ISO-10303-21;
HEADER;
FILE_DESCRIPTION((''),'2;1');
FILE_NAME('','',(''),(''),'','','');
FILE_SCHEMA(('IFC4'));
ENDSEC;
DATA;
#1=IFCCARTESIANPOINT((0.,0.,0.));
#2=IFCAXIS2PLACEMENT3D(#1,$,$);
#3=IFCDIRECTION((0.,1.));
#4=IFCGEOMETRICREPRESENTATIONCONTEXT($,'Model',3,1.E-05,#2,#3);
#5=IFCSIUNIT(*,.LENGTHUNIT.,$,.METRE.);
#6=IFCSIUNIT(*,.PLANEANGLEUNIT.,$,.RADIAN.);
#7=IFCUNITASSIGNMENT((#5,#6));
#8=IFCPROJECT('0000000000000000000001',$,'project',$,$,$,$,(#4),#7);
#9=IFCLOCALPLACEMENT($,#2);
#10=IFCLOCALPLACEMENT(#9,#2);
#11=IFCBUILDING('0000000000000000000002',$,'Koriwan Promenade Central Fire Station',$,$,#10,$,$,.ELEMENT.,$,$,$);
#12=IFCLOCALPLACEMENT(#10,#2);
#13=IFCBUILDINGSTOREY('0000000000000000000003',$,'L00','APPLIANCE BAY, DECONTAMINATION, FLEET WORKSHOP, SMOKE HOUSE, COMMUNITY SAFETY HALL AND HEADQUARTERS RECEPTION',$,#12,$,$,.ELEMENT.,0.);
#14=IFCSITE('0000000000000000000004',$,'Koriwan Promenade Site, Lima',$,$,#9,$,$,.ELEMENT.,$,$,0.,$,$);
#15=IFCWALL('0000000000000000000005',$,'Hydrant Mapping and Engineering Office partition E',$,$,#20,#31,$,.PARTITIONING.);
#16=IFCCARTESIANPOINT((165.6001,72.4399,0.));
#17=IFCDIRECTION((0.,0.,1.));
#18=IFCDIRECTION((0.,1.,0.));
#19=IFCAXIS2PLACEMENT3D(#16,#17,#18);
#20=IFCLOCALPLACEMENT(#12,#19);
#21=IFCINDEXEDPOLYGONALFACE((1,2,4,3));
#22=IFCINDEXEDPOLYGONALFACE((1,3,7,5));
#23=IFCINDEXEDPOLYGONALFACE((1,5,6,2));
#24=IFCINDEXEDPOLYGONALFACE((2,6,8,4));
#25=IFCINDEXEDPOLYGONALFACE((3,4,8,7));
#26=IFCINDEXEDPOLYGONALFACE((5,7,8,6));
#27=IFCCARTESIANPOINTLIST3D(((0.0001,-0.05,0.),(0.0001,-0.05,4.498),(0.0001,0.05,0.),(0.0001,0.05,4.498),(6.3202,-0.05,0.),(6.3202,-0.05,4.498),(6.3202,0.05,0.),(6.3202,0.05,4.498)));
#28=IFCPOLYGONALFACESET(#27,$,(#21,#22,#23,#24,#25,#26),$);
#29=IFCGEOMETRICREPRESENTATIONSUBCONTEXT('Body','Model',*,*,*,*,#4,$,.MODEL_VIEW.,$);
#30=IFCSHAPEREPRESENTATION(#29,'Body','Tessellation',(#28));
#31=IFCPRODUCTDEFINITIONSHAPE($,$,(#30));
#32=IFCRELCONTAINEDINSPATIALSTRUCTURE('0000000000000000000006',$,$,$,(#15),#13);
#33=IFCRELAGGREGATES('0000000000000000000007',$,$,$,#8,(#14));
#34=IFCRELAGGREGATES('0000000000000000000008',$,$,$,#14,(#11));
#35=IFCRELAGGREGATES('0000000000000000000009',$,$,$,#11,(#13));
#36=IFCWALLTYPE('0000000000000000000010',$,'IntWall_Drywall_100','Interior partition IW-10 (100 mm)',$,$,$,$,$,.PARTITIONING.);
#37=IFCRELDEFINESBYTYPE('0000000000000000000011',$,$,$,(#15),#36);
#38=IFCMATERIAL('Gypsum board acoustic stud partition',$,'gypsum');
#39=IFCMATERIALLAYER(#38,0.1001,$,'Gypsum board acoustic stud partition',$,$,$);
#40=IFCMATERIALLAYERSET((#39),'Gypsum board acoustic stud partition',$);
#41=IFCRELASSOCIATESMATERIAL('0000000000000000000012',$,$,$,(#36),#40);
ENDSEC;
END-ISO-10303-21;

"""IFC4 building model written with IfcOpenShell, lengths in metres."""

from ifc_helpers import new_model, si_unit, direction, frame, frame_2d, origin, place, context, subcontext, project, spatial, rectangle, extrude, material, layer, layer_set, type_object, element, save


model = new_model("IFC4")

# Units and contexts
model_context = context("Model", 3, precision=1e-05, world=origin(), true_north=direction((0.0, 1.0)))
body_context = subcontext(model_context, "Body", "Model", "MODEL_VIEW")
ifc_project = project(units=[si_unit("LENGTHUNIT", "METRE"), si_unit("PLANEANGLEUNIT", "RADIAN")], contexts=[model_context])

# Site, building, storey
site_placement = place(None, origin())
site = spatial("IfcSite", under=ifc_project, at=site_placement, Name="Koriwan Promenade Site, Lima", CompositionType="ELEMENT", RefElevation=0.0)
building_placement = place(site_placement, origin())
building = spatial("IfcBuilding", under=site, at=building_placement, Name="Koriwan Promenade Central Fire Station", CompositionType="ELEMENT")
storey_placement = place(building_placement, origin())
storey = spatial("IfcBuildingStorey", under=building, at=storey_placement, Name="L00", Description="APPLIANCE BAY, DECONTAMINATION, FLEET WORKSHOP, SMOKE HOUSE, COMMUNITY SAFETY HALL AND HEADQUARTERS RECEPTION", CompositionType="ELEMENT", Elevation=0.0)

# Wall
ifc_material_1 = material(Name="Gypsum board acoustic stud partition", Category="gypsum")
ifc_layer_1 = layer(ifc_material_1, 0.1001, Name="Gypsum board acoustic stud partition")
ifc_layer_set_1 = layer_set([ifc_layer_1], Name="Gypsum board acoustic stud partition")
wall_type_1 = type_object("IfcWallType", Name="IntWall_Drywall_100", Description="Interior partition IW-10 (100 mm)", PredefinedType="PARTITIONING", material=ifc_layer_set_1)
wall_1_placement = place(storey_placement, frame((165.6001, 72.4399, 0.0), z_axis=(0.0, 0.0, 1.0), x_axis=(0.0, 1.0, 0.0)))
element("IfcWall", 1, at=wall_1_placement, inside=storey, type_object=wall_type_1, Name="Hydrant Mapping and Engineering Office partition E", PredefinedType="PARTITIONING", context=body_context, shape_type="SweptSolid", body=[
    extrude(rectangle(XDim=6.3201, YDim=0.1001, at=frame_2d((3.1602, 0.0))), origin(), (0.0, 0.0, 1.0), 4.498),
])

save(model, "model.ifc")
